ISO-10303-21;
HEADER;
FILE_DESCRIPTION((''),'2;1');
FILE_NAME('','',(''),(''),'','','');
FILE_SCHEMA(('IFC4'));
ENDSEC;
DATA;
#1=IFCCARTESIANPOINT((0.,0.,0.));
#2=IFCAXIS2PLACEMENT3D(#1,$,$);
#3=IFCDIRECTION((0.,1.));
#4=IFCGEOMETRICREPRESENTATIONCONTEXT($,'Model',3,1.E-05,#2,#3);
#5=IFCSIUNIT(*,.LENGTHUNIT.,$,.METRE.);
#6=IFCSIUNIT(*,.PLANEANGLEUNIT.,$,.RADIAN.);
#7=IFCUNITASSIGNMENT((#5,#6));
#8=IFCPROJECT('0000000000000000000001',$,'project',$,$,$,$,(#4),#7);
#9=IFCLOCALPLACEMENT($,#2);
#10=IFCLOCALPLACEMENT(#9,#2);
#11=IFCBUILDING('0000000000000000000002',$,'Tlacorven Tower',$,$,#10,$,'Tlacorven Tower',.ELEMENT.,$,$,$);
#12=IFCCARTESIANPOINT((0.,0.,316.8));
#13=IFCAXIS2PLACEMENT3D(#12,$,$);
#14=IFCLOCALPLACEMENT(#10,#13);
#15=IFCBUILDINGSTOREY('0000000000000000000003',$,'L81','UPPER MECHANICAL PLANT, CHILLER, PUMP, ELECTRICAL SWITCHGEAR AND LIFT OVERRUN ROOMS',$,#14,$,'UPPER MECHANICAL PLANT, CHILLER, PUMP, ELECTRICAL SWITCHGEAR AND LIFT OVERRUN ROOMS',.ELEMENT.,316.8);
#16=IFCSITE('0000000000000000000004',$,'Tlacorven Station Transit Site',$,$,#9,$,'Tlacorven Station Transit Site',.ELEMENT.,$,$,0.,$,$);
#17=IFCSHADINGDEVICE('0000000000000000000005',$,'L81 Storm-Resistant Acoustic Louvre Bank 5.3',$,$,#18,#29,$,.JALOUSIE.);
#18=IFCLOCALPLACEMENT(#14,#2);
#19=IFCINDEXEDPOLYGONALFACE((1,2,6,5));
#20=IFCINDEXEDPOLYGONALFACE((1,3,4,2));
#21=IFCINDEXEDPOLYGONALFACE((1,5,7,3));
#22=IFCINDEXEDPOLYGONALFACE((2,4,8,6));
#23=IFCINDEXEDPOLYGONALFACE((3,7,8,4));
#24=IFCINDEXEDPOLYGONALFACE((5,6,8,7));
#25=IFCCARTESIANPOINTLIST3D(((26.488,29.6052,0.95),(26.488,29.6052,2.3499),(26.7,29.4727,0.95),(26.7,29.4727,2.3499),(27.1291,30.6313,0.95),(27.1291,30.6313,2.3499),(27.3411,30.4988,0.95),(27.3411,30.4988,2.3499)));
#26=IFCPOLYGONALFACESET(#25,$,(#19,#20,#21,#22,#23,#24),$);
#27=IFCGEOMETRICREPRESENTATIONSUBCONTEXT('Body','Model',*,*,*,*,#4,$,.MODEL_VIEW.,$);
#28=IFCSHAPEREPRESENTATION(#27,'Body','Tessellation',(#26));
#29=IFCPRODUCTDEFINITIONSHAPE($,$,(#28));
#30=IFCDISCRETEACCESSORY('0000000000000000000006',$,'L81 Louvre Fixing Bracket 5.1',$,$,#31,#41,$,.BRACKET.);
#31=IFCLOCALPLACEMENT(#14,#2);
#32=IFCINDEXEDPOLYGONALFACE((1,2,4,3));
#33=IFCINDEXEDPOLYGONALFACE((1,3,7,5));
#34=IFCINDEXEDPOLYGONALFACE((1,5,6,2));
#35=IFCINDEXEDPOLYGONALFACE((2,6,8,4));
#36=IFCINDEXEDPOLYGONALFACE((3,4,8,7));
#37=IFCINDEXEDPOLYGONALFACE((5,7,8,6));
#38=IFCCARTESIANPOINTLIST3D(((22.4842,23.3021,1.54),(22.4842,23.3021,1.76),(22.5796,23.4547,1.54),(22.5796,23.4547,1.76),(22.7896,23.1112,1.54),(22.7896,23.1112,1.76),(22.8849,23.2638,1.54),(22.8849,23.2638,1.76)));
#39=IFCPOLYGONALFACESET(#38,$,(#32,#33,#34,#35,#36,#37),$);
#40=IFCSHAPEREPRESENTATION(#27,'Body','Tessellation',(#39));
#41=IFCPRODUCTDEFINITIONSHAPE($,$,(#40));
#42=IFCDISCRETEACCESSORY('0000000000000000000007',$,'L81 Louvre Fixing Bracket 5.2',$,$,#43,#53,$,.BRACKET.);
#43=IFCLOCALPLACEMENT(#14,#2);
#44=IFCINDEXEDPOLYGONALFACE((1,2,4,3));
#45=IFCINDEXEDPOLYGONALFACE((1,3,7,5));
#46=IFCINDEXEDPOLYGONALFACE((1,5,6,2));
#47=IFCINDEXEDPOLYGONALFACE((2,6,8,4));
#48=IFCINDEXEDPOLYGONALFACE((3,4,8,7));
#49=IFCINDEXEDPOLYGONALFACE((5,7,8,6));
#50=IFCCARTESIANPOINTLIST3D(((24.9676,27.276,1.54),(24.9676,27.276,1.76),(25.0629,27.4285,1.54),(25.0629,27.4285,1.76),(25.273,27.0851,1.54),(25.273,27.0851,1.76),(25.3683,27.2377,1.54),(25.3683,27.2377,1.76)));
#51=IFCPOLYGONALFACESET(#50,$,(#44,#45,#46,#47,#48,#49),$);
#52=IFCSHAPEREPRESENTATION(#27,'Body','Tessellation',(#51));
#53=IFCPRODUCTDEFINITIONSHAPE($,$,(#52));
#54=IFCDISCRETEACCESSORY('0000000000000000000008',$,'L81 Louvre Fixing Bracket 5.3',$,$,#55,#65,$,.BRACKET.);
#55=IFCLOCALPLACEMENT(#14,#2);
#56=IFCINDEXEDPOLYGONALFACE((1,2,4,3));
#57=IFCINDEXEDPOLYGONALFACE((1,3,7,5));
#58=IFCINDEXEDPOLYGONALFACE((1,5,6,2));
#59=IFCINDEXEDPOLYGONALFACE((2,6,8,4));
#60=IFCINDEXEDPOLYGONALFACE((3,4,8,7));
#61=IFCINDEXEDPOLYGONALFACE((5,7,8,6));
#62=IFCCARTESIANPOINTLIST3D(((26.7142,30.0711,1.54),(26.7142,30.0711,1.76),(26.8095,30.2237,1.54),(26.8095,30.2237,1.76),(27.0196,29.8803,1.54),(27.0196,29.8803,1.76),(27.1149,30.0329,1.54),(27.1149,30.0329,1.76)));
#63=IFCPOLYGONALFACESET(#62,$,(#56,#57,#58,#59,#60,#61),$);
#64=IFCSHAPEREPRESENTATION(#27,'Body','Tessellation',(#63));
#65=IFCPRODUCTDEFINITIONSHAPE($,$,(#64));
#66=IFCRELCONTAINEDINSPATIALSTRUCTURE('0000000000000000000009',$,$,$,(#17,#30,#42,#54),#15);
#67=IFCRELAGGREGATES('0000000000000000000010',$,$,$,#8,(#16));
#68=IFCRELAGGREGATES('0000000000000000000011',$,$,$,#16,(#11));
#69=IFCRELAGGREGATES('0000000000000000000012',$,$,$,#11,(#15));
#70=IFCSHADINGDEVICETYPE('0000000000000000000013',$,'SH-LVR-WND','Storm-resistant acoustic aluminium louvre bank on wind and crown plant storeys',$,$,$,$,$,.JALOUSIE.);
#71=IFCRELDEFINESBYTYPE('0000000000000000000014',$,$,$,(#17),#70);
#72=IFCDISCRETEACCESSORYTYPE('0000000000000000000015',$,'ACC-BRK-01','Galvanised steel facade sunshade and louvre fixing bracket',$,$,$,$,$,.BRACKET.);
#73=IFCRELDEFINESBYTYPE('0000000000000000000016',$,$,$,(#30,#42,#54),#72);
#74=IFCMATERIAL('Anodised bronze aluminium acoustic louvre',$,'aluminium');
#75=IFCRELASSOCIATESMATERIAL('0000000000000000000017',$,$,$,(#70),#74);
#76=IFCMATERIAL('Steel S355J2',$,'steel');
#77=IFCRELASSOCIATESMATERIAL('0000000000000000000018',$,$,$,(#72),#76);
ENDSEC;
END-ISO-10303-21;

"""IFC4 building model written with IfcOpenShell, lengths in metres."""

from ifc_helpers import new_model, si_unit, direction, frame, origin, origin_2d, place, context, subcontext, project, spatial, rectangle, extrude, source, transform, mapped, material, type_object, element, save


model = new_model("IFC4")

# Units and contexts
model_context = context("Model", 3, precision=1e-05, world=origin(), true_north=direction((0.0, 1.0)))
body_context = subcontext(model_context, "Body", "Model", "MODEL_VIEW")
ifc_project = project(units=[si_unit("LENGTHUNIT", "METRE"), si_unit("PLANEANGLEUNIT", "RADIAN")], contexts=[model_context])

# Site, building, storey
site_placement = place(None, origin())
site = spatial("IfcSite", under=ifc_project, at=site_placement, Name="Tlacorven Station Transit Site", LongName="Tlacorven Station Transit Site", CompositionType="ELEMENT", RefElevation=0.0)
building_placement = place(site_placement, origin())
building = spatial("IfcBuilding", under=site, at=building_placement, Name="Tlacorven Tower", LongName="Tlacorven Tower", CompositionType="ELEMENT")
storey_placement = place(building_placement, frame((0.0, 0.0, 316.8)))
storey = spatial("IfcBuildingStorey", under=building, at=storey_placement, Name="L81", Description="UPPER MECHANICAL PLANT, CHILLER, PUMP, ELECTRICAL SWITCHGEAR AND LIFT OVERRUN ROOMS", LongName="UPPER MECHANICAL PLANT, CHILLER, PUMP, ELECTRICAL SWITCHGEAR AND LIFT OVERRUN ROOMS", CompositionType="ELEMENT", Elevation=316.8)

# Shading device
ifc_material_1 = material(Name="Anodised bronze aluminium acoustic louvre", Category="aluminium")
shading_device_type = type_object("IfcShadingDeviceType", Name="SH-LVR-WND", Description="Storm-resistant acoustic aluminium louvre bank on wind and crown plant storeys", PredefinedType="JALOUSIE", material=ifc_material_1)
shared_shape_1 = source(origin(), body_context, "Body", "SweptSolid", [
    extrude(rectangle(XDim=1.21, YDim=0.25, at=origin_2d()), origin(), (0.0, 0.0, 1.0), 1.3999),
])
for number, where, z_axis, x_axis, name in (
    (1, (26.9146, 30.052, 0.95), (0.0, 0.0, 1.0), (0.52992, 0.848048, 0.0), "L81 Storm-Resistant Acoustic Louvre Bank 5.3"),
):
    element("IfcShadingDevice", number, at=place(storey_placement, frame(where, z_axis=z_axis, x_axis=x_axis)), inside=storey, type_object=shading_device_type, Name=name, PredefinedType="JALOUSIE", context=body_context, shape_type="MappedRepresentation", body=[
        mapped(shared_shape_1, transform((0.0, 0.0, 0.0), scale=1.0)),
    ])

# Discrete accessories
ifc_material_2 = material(Name="Steel S355J2", Category="steel")
discrete_accessory_type = type_object("IfcDiscreteAccessoryType", Name="ACC-BRK-01", Description="Galvanised steel facade sunshade and louvre fixing bracket", PredefinedType="BRACKET", material=ifc_material_2)
shared_shape_2 = source(origin(), body_context, "Body", "SweptSolid", [
    extrude(rectangle(XDim=0.1799, YDim=0.3601, at=origin_2d()), origin(), (0.0, 0.0, 1.0), 0.22),
])
for number, where, z_axis, x_axis, name in (
    (2, (22.6846, 23.283, 1.54), (0.0, 0.0, 1.0), (0.52992, 0.848048, 0.0), "L81 Louvre Fixing Bracket 5.1"),
    (3, (25.168, 27.2568, 1.54), (0.0, 0.0, 1.0), (0.52992, 0.848048, 0.0), "L81 Louvre Fixing Bracket 5.2"),
    (4, (26.9146, 30.052, 1.54), (0.0, 0.0, 1.0), (0.52992, 0.848048, 0.0), "L81 Louvre Fixing Bracket 5.3"),
):
    element("IfcDiscreteAccessory", number, at=place(storey_placement, frame(where, z_axis=z_axis, x_axis=x_axis)), inside=storey, type_object=discrete_accessory_type, Name=name, PredefinedType="BRACKET", context=body_context, shape_type="MappedRepresentation", body=[
        mapped(shared_shape_2, transform((0.0, 0.0, 0.0), scale=1.0)),
    ])

save(model, "model.ifc")
